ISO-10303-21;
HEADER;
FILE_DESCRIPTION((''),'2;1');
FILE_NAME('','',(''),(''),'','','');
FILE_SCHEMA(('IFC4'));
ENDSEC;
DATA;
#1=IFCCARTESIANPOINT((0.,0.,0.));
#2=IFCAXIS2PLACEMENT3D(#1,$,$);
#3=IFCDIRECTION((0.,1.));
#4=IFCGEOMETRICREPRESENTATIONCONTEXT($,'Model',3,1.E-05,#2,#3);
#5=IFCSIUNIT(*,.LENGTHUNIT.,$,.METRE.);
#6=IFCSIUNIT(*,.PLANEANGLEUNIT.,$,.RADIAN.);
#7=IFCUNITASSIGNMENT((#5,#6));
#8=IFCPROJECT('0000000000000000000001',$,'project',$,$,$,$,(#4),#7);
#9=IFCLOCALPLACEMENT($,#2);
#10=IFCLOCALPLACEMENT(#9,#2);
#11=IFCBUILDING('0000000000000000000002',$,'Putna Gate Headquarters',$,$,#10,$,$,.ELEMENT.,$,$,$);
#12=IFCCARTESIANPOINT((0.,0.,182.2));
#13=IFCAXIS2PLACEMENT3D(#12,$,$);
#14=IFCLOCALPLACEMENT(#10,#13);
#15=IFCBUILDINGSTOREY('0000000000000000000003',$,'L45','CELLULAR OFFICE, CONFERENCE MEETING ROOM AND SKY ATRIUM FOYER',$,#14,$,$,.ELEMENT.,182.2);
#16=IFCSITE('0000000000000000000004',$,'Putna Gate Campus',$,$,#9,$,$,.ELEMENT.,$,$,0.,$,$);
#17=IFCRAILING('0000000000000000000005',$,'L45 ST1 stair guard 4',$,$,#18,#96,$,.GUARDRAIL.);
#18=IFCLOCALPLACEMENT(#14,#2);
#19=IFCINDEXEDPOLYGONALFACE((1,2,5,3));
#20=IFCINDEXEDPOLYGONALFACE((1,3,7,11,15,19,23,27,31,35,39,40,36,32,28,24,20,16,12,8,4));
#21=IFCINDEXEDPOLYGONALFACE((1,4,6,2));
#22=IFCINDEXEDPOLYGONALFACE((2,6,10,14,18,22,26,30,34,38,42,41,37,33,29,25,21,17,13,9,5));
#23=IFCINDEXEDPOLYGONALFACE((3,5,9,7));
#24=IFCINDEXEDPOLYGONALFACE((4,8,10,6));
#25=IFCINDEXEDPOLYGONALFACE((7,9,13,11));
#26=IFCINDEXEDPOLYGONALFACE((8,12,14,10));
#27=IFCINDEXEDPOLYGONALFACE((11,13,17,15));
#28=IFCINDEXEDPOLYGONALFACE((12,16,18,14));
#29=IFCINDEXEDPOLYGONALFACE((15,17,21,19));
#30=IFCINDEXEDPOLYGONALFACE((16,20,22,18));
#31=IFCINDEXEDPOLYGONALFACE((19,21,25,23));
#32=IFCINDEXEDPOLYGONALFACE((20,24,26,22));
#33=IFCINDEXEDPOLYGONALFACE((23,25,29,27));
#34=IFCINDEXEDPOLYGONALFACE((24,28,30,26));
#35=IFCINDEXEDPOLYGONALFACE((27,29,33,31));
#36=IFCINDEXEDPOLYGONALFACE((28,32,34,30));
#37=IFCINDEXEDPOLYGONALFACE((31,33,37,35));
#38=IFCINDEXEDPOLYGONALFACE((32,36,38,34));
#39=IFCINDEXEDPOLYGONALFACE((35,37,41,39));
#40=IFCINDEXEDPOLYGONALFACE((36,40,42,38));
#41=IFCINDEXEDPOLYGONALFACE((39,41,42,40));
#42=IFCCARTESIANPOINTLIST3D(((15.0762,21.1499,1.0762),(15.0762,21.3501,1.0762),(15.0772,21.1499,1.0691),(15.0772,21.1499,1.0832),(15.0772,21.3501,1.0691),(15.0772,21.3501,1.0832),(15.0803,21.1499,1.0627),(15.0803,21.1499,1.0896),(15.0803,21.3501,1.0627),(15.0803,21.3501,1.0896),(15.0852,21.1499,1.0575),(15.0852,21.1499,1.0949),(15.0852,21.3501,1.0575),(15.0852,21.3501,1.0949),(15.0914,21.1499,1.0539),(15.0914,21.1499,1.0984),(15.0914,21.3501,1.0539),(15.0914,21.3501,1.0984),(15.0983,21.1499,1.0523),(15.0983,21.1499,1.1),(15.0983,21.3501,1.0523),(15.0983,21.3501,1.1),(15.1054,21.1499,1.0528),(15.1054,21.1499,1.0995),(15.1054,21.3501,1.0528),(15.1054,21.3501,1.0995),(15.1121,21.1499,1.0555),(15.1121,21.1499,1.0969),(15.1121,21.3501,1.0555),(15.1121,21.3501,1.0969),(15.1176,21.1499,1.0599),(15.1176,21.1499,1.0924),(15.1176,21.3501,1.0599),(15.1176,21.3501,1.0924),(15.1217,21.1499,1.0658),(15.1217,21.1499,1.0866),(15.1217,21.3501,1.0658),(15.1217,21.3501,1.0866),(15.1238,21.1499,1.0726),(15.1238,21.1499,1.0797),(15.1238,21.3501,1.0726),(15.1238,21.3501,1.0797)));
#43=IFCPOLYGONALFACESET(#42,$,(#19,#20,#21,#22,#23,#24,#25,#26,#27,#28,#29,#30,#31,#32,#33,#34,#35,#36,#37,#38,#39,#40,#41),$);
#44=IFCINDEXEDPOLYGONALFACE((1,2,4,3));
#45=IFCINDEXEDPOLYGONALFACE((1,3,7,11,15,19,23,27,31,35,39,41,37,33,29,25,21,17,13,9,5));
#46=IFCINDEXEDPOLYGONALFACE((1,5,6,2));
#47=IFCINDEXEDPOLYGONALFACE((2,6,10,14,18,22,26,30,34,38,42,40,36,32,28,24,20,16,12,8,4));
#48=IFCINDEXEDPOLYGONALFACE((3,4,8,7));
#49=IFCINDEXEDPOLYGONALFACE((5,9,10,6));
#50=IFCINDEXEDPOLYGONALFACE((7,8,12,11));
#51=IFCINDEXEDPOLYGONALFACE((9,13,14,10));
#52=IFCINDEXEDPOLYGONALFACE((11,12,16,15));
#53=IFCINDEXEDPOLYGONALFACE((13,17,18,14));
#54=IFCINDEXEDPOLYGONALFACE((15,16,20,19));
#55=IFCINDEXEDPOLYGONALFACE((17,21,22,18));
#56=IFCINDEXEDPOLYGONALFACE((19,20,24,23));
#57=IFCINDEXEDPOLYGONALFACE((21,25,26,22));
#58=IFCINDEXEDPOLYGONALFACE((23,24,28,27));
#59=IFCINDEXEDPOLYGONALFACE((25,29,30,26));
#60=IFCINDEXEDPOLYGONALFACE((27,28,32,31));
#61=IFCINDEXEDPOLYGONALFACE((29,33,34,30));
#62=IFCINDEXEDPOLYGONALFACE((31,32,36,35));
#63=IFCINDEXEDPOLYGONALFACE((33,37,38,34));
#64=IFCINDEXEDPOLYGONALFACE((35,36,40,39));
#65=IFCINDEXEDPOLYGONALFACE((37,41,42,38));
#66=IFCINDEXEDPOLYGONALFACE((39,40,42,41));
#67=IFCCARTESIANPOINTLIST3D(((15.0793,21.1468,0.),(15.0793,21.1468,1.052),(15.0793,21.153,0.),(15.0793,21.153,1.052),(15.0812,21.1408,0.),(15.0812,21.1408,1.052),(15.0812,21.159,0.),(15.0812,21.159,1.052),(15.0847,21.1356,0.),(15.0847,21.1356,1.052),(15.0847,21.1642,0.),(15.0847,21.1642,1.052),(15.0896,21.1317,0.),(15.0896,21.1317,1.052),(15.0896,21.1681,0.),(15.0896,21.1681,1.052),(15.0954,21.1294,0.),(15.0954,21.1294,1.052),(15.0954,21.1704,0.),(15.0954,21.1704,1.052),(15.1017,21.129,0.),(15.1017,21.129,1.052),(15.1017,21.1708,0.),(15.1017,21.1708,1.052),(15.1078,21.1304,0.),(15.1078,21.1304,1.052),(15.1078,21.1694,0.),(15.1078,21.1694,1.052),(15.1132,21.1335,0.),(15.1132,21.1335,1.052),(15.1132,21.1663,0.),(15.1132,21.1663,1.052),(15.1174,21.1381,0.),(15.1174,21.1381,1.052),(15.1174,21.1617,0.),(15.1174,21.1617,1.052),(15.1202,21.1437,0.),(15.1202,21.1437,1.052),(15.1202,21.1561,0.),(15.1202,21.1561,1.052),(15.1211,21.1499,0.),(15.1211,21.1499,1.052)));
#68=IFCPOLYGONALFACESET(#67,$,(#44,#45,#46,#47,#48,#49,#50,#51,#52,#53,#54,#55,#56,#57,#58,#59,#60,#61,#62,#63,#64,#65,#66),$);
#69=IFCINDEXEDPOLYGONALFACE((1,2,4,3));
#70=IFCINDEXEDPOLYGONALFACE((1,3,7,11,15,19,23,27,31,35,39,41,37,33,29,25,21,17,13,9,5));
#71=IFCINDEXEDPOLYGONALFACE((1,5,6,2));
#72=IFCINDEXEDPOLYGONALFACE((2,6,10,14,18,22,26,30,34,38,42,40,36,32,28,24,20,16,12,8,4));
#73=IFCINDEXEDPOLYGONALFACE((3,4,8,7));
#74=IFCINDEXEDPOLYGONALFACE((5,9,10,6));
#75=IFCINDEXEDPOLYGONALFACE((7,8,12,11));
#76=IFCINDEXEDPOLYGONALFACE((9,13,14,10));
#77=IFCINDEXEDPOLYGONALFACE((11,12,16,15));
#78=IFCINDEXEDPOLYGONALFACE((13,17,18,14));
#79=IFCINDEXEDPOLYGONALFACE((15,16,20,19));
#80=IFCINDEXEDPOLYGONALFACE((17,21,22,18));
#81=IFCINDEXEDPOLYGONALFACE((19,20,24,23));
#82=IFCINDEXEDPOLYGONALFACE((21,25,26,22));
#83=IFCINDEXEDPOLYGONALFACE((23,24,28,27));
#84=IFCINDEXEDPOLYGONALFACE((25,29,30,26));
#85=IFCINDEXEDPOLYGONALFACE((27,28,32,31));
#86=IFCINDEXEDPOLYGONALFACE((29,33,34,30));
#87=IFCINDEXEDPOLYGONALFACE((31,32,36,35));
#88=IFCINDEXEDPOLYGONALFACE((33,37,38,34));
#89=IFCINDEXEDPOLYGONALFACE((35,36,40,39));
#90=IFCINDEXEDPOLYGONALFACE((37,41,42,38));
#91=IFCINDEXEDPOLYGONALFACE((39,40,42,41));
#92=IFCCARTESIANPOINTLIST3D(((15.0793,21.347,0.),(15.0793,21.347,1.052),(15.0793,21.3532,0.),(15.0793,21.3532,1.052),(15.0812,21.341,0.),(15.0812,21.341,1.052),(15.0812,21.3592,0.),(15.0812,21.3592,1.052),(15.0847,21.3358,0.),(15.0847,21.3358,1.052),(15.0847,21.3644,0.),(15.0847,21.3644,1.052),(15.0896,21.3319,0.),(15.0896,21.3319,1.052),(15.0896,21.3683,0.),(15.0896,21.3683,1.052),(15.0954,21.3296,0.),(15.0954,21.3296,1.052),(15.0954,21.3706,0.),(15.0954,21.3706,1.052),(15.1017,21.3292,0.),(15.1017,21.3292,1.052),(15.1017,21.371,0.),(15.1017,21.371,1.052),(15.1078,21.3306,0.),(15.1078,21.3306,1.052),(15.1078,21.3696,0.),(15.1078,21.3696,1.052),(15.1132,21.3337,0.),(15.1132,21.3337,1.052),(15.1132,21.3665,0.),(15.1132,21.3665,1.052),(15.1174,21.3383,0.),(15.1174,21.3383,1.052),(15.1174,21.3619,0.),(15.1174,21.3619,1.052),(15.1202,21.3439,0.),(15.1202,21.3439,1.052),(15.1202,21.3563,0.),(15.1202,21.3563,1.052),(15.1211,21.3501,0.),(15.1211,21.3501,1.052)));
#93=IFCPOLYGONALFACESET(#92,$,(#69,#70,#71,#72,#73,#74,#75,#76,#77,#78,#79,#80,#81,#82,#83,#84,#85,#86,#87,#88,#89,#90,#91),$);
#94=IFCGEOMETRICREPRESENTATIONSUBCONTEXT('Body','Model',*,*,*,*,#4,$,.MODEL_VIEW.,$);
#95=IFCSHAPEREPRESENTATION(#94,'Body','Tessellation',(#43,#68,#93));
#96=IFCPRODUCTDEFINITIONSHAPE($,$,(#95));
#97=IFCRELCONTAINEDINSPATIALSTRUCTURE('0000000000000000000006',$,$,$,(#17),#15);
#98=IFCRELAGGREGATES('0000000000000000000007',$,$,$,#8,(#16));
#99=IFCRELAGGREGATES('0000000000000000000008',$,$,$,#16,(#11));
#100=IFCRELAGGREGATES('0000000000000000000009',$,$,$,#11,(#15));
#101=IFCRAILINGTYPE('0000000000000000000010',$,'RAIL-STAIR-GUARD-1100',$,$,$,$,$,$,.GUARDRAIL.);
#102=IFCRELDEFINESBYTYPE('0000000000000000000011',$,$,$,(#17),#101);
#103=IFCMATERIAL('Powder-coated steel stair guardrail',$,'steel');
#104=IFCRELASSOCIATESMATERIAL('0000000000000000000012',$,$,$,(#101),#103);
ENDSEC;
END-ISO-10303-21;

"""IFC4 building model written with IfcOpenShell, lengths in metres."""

from ifc_helpers import new_model, si_unit, direction, frame, origin, origin_2d, place, context, subcontext, project, spatial, circle, extrude, material, type_object, element, save


model = new_model("IFC4")

# Units and contexts
model_context = context("Model", 3, precision=1e-05, world=origin(), true_north=direction((0.0, 1.0)))
body_context = subcontext(model_context, "Body", "Model", "MODEL_VIEW")
ifc_project = project(units=[si_unit("LENGTHUNIT", "METRE"), si_unit("PLANEANGLEUNIT", "RADIAN")], contexts=[model_context])

# Site, building, storey
site_placement = place(None, origin())
site = spatial("IfcSite", under=ifc_project, at=site_placement, Name="Putna Gate Campus", CompositionType="ELEMENT", RefElevation=0.0)
building_placement = place(site_placement, origin())
building = spatial("IfcBuilding", under=site, at=building_placement, Name="Putna Gate Headquarters", CompositionType="ELEMENT")
storey_placement = place(building_placement, frame((0.0, 0.0, 182.2)))
storey = spatial("IfcBuildingStorey", under=building, at=storey_placement, Name="L45", Description="CELLULAR OFFICE, CONFERENCE MEETING ROOM AND SKY ATRIUM FOYER", CompositionType="ELEMENT", Elevation=182.2)

# Railing
ifc_material_1 = material(Name="Powder-coated steel stair guardrail", Category="steel")
railing_type = type_object("IfcRailingType", Name="RAIL-STAIR-GUARD-1100", PredefinedType="GUARDRAIL", material=ifc_material_1)
railing_1_placement = place(storey_placement, frame((15.1001, 21.1499, 0.0)))
element("IfcRailing", 1, at=railing_1_placement, inside=storey, type_object=railing_type, Name="L45 ST1 stair guard 4", PredefinedType="GUARDRAIL", context=body_context, shape_type="SweptSolid", body=[
    extrude(circle(Radius=0.0239, at=origin_2d()), frame((0.0, 0.0, 1.0762), z_axis=(0.0, 1.0, 0.0), x_axis=(-1.0, 0.0, 0.0)), (0.0, 0.0, 1.0), 0.2002),
    extrude(circle(Radius=0.021, at=origin_2d()), origin(), (0.0, 0.0, 1.0), 1.052),
    extrude(circle(Radius=0.021, at=origin_2d()), frame((0.0, 0.2002, 0.0)), (0.0, 0.0, 1.0), 1.052),
])

save(model, "model.ifc")
